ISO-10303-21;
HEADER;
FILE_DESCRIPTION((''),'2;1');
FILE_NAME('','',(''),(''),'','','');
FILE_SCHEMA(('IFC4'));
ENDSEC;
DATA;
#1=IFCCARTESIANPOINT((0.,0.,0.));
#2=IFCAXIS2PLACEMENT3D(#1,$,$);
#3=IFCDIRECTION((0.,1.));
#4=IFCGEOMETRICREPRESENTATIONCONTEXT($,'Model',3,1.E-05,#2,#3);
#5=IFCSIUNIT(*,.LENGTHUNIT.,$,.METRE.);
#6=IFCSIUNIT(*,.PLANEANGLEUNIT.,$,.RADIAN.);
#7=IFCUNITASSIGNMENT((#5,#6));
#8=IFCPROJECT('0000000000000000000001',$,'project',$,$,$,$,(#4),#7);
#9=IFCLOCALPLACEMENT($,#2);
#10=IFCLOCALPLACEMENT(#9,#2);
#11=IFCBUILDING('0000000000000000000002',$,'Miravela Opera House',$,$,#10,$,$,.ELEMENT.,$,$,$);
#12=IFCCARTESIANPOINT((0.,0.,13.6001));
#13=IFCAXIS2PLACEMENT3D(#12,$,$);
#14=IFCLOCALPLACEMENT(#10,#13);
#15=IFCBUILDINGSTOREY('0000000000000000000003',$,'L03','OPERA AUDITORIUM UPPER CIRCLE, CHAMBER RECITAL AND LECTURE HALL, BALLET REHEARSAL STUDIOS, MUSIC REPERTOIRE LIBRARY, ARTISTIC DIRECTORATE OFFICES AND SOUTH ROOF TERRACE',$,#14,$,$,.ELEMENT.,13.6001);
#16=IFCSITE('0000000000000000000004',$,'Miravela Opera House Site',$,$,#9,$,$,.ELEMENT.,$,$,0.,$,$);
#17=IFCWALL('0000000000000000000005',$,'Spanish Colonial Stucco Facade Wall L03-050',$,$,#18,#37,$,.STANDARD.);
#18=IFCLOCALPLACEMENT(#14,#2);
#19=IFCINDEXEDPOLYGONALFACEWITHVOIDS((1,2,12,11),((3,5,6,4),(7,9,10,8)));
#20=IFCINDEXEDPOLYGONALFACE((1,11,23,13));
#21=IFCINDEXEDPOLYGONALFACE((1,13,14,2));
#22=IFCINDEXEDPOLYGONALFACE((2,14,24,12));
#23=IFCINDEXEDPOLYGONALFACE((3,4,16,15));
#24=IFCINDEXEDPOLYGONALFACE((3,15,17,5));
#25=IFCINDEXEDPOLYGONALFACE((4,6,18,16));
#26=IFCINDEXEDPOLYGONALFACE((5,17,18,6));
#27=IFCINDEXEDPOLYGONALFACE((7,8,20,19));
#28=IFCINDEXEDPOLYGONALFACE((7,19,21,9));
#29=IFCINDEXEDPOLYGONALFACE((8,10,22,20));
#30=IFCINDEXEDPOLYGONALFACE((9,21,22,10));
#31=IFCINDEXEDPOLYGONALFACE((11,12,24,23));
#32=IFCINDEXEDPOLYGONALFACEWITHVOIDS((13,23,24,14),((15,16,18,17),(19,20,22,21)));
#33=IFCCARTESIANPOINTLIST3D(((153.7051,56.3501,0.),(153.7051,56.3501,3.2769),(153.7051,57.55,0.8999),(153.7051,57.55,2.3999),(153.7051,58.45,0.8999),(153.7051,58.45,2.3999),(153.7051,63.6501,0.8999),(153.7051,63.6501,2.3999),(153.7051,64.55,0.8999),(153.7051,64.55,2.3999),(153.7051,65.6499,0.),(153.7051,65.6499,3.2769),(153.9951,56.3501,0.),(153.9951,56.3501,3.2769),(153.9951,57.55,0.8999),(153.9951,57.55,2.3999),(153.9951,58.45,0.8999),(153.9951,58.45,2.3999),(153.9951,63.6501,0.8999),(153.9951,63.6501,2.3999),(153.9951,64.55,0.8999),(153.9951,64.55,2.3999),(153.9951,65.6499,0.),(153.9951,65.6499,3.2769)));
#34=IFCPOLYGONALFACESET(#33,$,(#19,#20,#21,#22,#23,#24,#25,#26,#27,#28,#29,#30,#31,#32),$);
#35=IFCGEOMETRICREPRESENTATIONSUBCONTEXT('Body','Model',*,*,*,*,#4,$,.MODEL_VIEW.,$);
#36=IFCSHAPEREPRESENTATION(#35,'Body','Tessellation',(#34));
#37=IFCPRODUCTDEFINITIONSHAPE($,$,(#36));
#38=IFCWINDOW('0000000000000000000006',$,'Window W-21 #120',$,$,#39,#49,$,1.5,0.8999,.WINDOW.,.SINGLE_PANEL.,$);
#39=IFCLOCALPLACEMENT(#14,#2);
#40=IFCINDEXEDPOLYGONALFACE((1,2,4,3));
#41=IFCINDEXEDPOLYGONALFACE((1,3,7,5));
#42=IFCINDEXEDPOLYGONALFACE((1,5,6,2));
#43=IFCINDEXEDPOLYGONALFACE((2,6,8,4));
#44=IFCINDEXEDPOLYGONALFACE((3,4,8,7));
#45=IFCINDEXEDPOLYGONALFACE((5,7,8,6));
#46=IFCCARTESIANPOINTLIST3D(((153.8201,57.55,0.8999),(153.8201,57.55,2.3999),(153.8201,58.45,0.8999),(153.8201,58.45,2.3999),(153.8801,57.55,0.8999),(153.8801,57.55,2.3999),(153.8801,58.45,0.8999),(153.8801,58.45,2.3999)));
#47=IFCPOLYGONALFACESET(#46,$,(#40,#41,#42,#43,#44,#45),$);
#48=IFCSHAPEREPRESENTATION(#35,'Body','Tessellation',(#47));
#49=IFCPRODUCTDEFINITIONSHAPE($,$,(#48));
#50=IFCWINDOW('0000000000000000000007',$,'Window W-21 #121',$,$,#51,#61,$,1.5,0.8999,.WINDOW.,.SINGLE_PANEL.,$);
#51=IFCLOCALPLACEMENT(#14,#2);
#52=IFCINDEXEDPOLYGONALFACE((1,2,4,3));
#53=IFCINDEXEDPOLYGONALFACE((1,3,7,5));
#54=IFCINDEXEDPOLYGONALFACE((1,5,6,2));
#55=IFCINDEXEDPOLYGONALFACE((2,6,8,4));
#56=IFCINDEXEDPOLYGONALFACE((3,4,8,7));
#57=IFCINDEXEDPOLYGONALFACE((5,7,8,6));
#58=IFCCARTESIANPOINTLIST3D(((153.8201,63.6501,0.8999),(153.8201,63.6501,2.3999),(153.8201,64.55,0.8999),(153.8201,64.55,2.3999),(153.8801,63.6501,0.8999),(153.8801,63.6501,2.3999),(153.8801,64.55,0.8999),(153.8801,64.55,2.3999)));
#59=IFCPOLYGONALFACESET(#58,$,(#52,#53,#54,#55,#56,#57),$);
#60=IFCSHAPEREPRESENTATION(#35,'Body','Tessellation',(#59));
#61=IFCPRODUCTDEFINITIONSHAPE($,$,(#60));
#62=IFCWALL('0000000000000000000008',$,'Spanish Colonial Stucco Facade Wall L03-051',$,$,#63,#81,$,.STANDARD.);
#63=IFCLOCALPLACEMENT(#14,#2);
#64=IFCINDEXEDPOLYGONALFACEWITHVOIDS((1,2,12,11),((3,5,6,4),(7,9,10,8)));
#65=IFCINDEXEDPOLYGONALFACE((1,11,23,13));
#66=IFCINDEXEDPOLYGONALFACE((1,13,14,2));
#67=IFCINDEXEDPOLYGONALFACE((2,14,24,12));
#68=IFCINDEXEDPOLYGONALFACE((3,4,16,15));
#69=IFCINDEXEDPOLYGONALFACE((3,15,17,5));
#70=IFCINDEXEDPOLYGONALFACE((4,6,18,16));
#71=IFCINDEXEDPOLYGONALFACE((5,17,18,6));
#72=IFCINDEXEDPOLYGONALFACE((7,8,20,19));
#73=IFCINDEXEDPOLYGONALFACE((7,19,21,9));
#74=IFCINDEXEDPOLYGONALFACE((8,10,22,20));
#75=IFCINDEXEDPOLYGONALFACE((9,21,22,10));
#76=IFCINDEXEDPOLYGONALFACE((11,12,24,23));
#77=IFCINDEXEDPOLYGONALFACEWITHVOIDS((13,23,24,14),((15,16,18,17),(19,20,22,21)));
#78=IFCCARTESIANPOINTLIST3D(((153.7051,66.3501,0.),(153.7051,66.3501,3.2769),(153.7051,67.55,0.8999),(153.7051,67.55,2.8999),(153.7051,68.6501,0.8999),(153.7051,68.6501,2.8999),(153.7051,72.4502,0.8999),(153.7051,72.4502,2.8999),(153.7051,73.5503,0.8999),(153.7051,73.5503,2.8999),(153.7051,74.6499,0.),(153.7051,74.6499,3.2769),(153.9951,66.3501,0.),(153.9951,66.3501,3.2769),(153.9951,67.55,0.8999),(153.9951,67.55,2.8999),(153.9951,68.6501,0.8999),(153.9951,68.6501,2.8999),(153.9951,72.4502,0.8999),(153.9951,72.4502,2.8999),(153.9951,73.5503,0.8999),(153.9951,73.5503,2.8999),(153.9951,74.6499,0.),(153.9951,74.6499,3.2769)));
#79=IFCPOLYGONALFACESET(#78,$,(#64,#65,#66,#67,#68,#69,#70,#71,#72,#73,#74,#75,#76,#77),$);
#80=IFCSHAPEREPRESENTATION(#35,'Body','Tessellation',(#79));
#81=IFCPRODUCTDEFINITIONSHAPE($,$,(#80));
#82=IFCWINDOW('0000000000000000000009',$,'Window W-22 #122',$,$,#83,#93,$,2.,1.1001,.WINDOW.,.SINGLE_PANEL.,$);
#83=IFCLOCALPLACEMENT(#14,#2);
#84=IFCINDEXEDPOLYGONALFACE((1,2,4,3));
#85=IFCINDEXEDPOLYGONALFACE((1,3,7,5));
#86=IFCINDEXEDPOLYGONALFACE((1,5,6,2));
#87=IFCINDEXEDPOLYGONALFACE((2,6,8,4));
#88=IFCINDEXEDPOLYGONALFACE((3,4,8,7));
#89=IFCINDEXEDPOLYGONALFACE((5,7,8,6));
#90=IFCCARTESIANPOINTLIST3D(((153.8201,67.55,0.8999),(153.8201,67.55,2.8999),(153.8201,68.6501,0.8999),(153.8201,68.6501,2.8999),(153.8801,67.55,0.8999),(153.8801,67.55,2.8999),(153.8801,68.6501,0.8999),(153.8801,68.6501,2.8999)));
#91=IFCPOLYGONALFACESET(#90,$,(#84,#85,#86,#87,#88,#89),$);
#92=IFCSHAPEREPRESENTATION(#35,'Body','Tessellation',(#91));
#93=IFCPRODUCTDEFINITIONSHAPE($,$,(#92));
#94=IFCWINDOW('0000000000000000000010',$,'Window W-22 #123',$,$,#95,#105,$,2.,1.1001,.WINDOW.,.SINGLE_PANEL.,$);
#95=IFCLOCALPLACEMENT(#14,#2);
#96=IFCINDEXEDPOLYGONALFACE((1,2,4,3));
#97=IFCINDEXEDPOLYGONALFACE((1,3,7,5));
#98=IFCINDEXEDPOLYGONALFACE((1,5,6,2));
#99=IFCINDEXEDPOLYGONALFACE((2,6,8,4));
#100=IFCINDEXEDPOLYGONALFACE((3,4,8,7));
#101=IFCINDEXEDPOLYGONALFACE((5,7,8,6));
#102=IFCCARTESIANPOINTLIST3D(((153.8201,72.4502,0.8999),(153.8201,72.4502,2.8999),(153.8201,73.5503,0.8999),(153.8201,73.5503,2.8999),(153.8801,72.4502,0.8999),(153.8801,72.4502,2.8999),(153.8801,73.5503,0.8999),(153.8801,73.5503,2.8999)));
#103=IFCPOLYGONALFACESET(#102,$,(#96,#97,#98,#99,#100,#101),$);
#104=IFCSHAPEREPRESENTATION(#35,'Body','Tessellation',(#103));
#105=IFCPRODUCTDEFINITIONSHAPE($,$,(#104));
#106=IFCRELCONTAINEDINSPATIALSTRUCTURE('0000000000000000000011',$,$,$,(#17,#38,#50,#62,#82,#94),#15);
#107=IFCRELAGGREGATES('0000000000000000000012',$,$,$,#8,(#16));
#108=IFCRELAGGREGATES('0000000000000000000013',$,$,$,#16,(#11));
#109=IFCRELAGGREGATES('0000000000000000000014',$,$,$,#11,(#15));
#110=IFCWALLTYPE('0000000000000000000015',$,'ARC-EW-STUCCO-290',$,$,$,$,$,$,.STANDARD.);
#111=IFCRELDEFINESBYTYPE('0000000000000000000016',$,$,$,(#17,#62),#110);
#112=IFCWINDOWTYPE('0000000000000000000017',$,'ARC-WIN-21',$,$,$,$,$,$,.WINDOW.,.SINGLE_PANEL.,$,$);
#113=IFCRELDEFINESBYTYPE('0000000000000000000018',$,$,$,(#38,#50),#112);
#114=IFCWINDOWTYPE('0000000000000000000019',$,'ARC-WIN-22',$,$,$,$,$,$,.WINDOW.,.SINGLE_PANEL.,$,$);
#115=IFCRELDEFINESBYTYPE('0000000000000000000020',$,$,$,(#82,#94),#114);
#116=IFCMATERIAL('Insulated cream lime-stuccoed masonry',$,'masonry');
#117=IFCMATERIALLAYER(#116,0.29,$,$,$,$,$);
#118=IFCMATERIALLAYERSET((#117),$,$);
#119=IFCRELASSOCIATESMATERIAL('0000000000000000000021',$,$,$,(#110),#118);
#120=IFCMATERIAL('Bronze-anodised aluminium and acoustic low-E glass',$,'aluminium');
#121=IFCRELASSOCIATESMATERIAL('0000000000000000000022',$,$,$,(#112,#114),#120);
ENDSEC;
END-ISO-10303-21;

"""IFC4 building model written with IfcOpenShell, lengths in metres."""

from ifc_helpers import new_model, si_unit, direction, frame, frame_2d, origin, place, context, subcontext, project, spatial, rectangle, extrude, material, layer, layer_set, type_object, element, fill, save


model = new_model("IFC4")

# Units and contexts
model_context = context("Model", 3, precision=1e-05, world=origin(), true_north=direction((0.0, 1.0)))
body_context = subcontext(model_context, "Body", "Model", "MODEL_VIEW")
ifc_project = project(units=[si_unit("LENGTHUNIT", "METRE"), si_unit("PLANEANGLEUNIT", "RADIAN")], contexts=[model_context])

# Site, building, storey
site_placement = place(None, origin())
site = spatial("IfcSite", under=ifc_project, at=site_placement, Name="Miravela Opera House Site", CompositionType="ELEMENT", RefElevation=0.0)
building_placement = place(site_placement, origin())
building = spatial("IfcBuilding", under=site, at=building_placement, Name="Miravela Opera House", CompositionType="ELEMENT")
storey_placement = place(building_placement, frame((0.0, 0.0, 13.6001)))
storey = spatial("IfcBuildingStorey", under=building, at=storey_placement, Name="L03", Description="OPERA AUDITORIUM UPPER CIRCLE, CHAMBER RECITAL AND LECTURE HALL, BALLET REHEARSAL STUDIOS, MUSIC REPERTOIRE LIBRARY, ARTISTIC DIRECTORATE OFFICES AND SOUTH ROOF TERRACE", CompositionType="ELEMENT", Elevation=13.6001)

# Walls, openings, windows
ifc_material_1 = material(Name="Insulated cream lime-stuccoed masonry", Category="masonry")
ifc_layer = layer(ifc_material_1, 0.29)
ifc_layer_set = layer_set([ifc_layer])
wall_type = type_object("IfcWallType", Name="ARC-EW-STUCCO-290", PredefinedType="STANDARD", material=ifc_layer_set)
ifc_material_2 = material(Name="Bronze-anodised aluminium and acoustic low-E glass", Category="aluminium")
wall_1_placement = place(storey_placement, frame((153.8501, 56.3501, 0.0), z_axis=(0.0, 0.0, 1.0), x_axis=(0.0, 1.0, 0.0)))
wall_1 = element("IfcWall", 1, at=wall_1_placement, inside=storey, type_object=wall_type, Name="Spanish Colonial Stucco Facade Wall L03-050", PredefinedType="STANDARD", context=body_context, shape_type="SweptSolid", body=[
    extrude(rectangle(XDim=9.2998, YDim=0.29, at=frame_2d((4.6499, 0.0))), origin(), (0.0, 0.0, 1.0), 3.2769),
])
opening_1_placement = place(wall_1_placement, frame((1.2, 0.0, 0.8999)))
opening_1 = element("IfcOpeningElement", 2, at=opening_1_placement, cuts=wall_1, PredefinedType="OPENING", context=body_context, shape_type="SweptSolid", body=[
    extrude(rectangle(XDim=0.8999, YDim=1.5, at=frame_2d((0.45, 0.75))), frame((0.0, 0.155, 0.0), z_axis=(0.0, -1.0, 0.0), x_axis=(1.0, 0.0, 0.0)), (0.0, 0.0, 1.0), 0.3101),
])
opening_2_placement = place(wall_1_placement, frame((7.3, 0.0, 0.8999)))
opening_2 = element("IfcOpeningElement", 3, at=opening_2_placement, cuts=wall_1, PredefinedType="OPENING", context=body_context, shape_type="SweptSolid", body=[
    extrude(rectangle(XDim=0.8999, YDim=1.5, at=frame_2d((0.45, 0.75))), frame((0.0, 0.155, 0.0), z_axis=(0.0, -1.0, 0.0), x_axis=(1.0, 0.0, 0.0)), (0.0, 0.0, 1.0), 0.3101),
])
window_type_1 = type_object("IfcWindowType", Name="ARC-WIN-21", PartitioningType="SINGLE_PANEL", PredefinedType="WINDOW", material=ifc_material_2)
window_1_placement = place(opening_1_placement, origin())
window_1 = element("IfcWindow", 4, at=window_1_placement, inside=storey, type_object=window_type_1, Name="Window W-21 #120", OverallHeight=1.5, OverallWidth=0.8999, PartitioningType="SINGLE_PANEL", PredefinedType="WINDOW", context=body_context, shape_type="SweptSolid", body=[
    extrude(rectangle(XDim=0.8999, YDim=1.5, at=frame_2d((0.45, 0.75))), frame((0.0, 0.03, 0.0), z_axis=(0.0, -1.0, 0.0), x_axis=(1.0, 0.0, 0.0)), (0.0, 0.0, 1.0), 0.0601),
])
fill(opening_1, window_1)
window_2_placement = place(opening_2_placement, origin())
window_2 = element("IfcWindow", 5, at=window_2_placement, inside=storey, type_object=window_type_1, Name="Window W-21 #121", OverallHeight=1.5, OverallWidth=0.8999, PartitioningType="SINGLE_PANEL", PredefinedType="WINDOW", context=body_context, shape_type="SweptSolid", body=[
    extrude(rectangle(XDim=0.8999, YDim=1.5, at=frame_2d((0.45, 0.75))), frame((0.0, 0.03, 0.0), z_axis=(0.0, -1.0, 0.0), x_axis=(1.0, 0.0, 0.0)), (0.0, 0.0, 1.0), 0.0601),
])
fill(opening_2, window_2)
wall_2_placement = place(storey_placement, frame((153.8501, 66.3501, 0.0), z_axis=(0.0, 0.0, 1.0), x_axis=(0.0, 1.0, 0.0)))
wall_2 = element("IfcWall", 6, at=wall_2_placement, inside=storey, type_object=wall_type, Name="Spanish Colonial Stucco Facade Wall L03-051", PredefinedType="STANDARD", context=body_context, shape_type="SweptSolid", body=[
    extrude(rectangle(XDim=8.2998, YDim=0.29, at=frame_2d((4.1499, 0.0))), origin(), (0.0, 0.0, 1.0), 3.2769),
])
opening_3_placement = place(wall_2_placement, frame((1.2, 0.0, 0.8999)))
opening_3 = element("IfcOpeningElement", 7, at=opening_3_placement, cuts=wall_2, PredefinedType="OPENING", context=body_context, shape_type="SweptSolid", body=[
    extrude(rectangle(XDim=1.1001, YDim=2.0, at=frame_2d((0.55, 1.0))), frame((0.0, 0.155, 0.0), z_axis=(0.0, -1.0, 0.0), x_axis=(1.0, 0.0, 0.0)), (0.0, 0.0, 1.0), 0.3101),
])
opening_4_placement = place(wall_2_placement, frame((6.1001, 0.0, 0.8999)))
opening_4 = element("IfcOpeningElement", 8, at=opening_4_placement, cuts=wall_2, PredefinedType="OPENING", context=body_context, shape_type="SweptSolid", body=[
    extrude(rectangle(XDim=1.1001, YDim=2.0, at=frame_2d((0.55, 1.0))), frame((0.0, 0.155, 0.0), z_axis=(0.0, -1.0, 0.0), x_axis=(1.0, 0.0, 0.0)), (0.0, 0.0, 1.0), 0.3101),
])
window_type_2 = type_object("IfcWindowType", Name="ARC-WIN-22", PartitioningType="SINGLE_PANEL", PredefinedType="WINDOW", material=ifc_material_2)
window_3_placement = place(opening_3_placement, origin())
window_3 = element("IfcWindow", 9, at=window_3_placement, inside=storey, type_object=window_type_2, Name="Window W-22 #122", OverallHeight=2.0, OverallWidth=1.1001, PartitioningType="SINGLE_PANEL", PredefinedType="WINDOW", context=body_context, shape_type="SweptSolid", body=[
    extrude(rectangle(XDim=1.1001, YDim=2.0, at=frame_2d((0.55, 1.0))), frame((0.0, 0.03, 0.0), z_axis=(0.0, -1.0, 0.0), x_axis=(1.0, 0.0, 0.0)), (0.0, 0.0, 1.0), 0.0601),
])
fill(opening_3, window_3)
window_4_placement = place(opening_4_placement, origin())
window_4 = element("IfcWindow", 10, at=window_4_placement, inside=storey, type_object=window_type_2, Name="Window W-22 #123", OverallHeight=2.0, OverallWidth=1.1001, PartitioningType="SINGLE_PANEL", PredefinedType="WINDOW", context=body_context, shape_type="SweptSolid", body=[
    extrude(rectangle(XDim=1.1001, YDim=2.0, at=frame_2d((0.55, 1.0))), frame((0.0, 0.03, 0.0), z_axis=(0.0, -1.0, 0.0), x_axis=(1.0, 0.0, 0.0)), (0.0, 0.0, 1.0), 0.0601),
])
fill(opening_4, window_4)

save(model, "model.ifc")
